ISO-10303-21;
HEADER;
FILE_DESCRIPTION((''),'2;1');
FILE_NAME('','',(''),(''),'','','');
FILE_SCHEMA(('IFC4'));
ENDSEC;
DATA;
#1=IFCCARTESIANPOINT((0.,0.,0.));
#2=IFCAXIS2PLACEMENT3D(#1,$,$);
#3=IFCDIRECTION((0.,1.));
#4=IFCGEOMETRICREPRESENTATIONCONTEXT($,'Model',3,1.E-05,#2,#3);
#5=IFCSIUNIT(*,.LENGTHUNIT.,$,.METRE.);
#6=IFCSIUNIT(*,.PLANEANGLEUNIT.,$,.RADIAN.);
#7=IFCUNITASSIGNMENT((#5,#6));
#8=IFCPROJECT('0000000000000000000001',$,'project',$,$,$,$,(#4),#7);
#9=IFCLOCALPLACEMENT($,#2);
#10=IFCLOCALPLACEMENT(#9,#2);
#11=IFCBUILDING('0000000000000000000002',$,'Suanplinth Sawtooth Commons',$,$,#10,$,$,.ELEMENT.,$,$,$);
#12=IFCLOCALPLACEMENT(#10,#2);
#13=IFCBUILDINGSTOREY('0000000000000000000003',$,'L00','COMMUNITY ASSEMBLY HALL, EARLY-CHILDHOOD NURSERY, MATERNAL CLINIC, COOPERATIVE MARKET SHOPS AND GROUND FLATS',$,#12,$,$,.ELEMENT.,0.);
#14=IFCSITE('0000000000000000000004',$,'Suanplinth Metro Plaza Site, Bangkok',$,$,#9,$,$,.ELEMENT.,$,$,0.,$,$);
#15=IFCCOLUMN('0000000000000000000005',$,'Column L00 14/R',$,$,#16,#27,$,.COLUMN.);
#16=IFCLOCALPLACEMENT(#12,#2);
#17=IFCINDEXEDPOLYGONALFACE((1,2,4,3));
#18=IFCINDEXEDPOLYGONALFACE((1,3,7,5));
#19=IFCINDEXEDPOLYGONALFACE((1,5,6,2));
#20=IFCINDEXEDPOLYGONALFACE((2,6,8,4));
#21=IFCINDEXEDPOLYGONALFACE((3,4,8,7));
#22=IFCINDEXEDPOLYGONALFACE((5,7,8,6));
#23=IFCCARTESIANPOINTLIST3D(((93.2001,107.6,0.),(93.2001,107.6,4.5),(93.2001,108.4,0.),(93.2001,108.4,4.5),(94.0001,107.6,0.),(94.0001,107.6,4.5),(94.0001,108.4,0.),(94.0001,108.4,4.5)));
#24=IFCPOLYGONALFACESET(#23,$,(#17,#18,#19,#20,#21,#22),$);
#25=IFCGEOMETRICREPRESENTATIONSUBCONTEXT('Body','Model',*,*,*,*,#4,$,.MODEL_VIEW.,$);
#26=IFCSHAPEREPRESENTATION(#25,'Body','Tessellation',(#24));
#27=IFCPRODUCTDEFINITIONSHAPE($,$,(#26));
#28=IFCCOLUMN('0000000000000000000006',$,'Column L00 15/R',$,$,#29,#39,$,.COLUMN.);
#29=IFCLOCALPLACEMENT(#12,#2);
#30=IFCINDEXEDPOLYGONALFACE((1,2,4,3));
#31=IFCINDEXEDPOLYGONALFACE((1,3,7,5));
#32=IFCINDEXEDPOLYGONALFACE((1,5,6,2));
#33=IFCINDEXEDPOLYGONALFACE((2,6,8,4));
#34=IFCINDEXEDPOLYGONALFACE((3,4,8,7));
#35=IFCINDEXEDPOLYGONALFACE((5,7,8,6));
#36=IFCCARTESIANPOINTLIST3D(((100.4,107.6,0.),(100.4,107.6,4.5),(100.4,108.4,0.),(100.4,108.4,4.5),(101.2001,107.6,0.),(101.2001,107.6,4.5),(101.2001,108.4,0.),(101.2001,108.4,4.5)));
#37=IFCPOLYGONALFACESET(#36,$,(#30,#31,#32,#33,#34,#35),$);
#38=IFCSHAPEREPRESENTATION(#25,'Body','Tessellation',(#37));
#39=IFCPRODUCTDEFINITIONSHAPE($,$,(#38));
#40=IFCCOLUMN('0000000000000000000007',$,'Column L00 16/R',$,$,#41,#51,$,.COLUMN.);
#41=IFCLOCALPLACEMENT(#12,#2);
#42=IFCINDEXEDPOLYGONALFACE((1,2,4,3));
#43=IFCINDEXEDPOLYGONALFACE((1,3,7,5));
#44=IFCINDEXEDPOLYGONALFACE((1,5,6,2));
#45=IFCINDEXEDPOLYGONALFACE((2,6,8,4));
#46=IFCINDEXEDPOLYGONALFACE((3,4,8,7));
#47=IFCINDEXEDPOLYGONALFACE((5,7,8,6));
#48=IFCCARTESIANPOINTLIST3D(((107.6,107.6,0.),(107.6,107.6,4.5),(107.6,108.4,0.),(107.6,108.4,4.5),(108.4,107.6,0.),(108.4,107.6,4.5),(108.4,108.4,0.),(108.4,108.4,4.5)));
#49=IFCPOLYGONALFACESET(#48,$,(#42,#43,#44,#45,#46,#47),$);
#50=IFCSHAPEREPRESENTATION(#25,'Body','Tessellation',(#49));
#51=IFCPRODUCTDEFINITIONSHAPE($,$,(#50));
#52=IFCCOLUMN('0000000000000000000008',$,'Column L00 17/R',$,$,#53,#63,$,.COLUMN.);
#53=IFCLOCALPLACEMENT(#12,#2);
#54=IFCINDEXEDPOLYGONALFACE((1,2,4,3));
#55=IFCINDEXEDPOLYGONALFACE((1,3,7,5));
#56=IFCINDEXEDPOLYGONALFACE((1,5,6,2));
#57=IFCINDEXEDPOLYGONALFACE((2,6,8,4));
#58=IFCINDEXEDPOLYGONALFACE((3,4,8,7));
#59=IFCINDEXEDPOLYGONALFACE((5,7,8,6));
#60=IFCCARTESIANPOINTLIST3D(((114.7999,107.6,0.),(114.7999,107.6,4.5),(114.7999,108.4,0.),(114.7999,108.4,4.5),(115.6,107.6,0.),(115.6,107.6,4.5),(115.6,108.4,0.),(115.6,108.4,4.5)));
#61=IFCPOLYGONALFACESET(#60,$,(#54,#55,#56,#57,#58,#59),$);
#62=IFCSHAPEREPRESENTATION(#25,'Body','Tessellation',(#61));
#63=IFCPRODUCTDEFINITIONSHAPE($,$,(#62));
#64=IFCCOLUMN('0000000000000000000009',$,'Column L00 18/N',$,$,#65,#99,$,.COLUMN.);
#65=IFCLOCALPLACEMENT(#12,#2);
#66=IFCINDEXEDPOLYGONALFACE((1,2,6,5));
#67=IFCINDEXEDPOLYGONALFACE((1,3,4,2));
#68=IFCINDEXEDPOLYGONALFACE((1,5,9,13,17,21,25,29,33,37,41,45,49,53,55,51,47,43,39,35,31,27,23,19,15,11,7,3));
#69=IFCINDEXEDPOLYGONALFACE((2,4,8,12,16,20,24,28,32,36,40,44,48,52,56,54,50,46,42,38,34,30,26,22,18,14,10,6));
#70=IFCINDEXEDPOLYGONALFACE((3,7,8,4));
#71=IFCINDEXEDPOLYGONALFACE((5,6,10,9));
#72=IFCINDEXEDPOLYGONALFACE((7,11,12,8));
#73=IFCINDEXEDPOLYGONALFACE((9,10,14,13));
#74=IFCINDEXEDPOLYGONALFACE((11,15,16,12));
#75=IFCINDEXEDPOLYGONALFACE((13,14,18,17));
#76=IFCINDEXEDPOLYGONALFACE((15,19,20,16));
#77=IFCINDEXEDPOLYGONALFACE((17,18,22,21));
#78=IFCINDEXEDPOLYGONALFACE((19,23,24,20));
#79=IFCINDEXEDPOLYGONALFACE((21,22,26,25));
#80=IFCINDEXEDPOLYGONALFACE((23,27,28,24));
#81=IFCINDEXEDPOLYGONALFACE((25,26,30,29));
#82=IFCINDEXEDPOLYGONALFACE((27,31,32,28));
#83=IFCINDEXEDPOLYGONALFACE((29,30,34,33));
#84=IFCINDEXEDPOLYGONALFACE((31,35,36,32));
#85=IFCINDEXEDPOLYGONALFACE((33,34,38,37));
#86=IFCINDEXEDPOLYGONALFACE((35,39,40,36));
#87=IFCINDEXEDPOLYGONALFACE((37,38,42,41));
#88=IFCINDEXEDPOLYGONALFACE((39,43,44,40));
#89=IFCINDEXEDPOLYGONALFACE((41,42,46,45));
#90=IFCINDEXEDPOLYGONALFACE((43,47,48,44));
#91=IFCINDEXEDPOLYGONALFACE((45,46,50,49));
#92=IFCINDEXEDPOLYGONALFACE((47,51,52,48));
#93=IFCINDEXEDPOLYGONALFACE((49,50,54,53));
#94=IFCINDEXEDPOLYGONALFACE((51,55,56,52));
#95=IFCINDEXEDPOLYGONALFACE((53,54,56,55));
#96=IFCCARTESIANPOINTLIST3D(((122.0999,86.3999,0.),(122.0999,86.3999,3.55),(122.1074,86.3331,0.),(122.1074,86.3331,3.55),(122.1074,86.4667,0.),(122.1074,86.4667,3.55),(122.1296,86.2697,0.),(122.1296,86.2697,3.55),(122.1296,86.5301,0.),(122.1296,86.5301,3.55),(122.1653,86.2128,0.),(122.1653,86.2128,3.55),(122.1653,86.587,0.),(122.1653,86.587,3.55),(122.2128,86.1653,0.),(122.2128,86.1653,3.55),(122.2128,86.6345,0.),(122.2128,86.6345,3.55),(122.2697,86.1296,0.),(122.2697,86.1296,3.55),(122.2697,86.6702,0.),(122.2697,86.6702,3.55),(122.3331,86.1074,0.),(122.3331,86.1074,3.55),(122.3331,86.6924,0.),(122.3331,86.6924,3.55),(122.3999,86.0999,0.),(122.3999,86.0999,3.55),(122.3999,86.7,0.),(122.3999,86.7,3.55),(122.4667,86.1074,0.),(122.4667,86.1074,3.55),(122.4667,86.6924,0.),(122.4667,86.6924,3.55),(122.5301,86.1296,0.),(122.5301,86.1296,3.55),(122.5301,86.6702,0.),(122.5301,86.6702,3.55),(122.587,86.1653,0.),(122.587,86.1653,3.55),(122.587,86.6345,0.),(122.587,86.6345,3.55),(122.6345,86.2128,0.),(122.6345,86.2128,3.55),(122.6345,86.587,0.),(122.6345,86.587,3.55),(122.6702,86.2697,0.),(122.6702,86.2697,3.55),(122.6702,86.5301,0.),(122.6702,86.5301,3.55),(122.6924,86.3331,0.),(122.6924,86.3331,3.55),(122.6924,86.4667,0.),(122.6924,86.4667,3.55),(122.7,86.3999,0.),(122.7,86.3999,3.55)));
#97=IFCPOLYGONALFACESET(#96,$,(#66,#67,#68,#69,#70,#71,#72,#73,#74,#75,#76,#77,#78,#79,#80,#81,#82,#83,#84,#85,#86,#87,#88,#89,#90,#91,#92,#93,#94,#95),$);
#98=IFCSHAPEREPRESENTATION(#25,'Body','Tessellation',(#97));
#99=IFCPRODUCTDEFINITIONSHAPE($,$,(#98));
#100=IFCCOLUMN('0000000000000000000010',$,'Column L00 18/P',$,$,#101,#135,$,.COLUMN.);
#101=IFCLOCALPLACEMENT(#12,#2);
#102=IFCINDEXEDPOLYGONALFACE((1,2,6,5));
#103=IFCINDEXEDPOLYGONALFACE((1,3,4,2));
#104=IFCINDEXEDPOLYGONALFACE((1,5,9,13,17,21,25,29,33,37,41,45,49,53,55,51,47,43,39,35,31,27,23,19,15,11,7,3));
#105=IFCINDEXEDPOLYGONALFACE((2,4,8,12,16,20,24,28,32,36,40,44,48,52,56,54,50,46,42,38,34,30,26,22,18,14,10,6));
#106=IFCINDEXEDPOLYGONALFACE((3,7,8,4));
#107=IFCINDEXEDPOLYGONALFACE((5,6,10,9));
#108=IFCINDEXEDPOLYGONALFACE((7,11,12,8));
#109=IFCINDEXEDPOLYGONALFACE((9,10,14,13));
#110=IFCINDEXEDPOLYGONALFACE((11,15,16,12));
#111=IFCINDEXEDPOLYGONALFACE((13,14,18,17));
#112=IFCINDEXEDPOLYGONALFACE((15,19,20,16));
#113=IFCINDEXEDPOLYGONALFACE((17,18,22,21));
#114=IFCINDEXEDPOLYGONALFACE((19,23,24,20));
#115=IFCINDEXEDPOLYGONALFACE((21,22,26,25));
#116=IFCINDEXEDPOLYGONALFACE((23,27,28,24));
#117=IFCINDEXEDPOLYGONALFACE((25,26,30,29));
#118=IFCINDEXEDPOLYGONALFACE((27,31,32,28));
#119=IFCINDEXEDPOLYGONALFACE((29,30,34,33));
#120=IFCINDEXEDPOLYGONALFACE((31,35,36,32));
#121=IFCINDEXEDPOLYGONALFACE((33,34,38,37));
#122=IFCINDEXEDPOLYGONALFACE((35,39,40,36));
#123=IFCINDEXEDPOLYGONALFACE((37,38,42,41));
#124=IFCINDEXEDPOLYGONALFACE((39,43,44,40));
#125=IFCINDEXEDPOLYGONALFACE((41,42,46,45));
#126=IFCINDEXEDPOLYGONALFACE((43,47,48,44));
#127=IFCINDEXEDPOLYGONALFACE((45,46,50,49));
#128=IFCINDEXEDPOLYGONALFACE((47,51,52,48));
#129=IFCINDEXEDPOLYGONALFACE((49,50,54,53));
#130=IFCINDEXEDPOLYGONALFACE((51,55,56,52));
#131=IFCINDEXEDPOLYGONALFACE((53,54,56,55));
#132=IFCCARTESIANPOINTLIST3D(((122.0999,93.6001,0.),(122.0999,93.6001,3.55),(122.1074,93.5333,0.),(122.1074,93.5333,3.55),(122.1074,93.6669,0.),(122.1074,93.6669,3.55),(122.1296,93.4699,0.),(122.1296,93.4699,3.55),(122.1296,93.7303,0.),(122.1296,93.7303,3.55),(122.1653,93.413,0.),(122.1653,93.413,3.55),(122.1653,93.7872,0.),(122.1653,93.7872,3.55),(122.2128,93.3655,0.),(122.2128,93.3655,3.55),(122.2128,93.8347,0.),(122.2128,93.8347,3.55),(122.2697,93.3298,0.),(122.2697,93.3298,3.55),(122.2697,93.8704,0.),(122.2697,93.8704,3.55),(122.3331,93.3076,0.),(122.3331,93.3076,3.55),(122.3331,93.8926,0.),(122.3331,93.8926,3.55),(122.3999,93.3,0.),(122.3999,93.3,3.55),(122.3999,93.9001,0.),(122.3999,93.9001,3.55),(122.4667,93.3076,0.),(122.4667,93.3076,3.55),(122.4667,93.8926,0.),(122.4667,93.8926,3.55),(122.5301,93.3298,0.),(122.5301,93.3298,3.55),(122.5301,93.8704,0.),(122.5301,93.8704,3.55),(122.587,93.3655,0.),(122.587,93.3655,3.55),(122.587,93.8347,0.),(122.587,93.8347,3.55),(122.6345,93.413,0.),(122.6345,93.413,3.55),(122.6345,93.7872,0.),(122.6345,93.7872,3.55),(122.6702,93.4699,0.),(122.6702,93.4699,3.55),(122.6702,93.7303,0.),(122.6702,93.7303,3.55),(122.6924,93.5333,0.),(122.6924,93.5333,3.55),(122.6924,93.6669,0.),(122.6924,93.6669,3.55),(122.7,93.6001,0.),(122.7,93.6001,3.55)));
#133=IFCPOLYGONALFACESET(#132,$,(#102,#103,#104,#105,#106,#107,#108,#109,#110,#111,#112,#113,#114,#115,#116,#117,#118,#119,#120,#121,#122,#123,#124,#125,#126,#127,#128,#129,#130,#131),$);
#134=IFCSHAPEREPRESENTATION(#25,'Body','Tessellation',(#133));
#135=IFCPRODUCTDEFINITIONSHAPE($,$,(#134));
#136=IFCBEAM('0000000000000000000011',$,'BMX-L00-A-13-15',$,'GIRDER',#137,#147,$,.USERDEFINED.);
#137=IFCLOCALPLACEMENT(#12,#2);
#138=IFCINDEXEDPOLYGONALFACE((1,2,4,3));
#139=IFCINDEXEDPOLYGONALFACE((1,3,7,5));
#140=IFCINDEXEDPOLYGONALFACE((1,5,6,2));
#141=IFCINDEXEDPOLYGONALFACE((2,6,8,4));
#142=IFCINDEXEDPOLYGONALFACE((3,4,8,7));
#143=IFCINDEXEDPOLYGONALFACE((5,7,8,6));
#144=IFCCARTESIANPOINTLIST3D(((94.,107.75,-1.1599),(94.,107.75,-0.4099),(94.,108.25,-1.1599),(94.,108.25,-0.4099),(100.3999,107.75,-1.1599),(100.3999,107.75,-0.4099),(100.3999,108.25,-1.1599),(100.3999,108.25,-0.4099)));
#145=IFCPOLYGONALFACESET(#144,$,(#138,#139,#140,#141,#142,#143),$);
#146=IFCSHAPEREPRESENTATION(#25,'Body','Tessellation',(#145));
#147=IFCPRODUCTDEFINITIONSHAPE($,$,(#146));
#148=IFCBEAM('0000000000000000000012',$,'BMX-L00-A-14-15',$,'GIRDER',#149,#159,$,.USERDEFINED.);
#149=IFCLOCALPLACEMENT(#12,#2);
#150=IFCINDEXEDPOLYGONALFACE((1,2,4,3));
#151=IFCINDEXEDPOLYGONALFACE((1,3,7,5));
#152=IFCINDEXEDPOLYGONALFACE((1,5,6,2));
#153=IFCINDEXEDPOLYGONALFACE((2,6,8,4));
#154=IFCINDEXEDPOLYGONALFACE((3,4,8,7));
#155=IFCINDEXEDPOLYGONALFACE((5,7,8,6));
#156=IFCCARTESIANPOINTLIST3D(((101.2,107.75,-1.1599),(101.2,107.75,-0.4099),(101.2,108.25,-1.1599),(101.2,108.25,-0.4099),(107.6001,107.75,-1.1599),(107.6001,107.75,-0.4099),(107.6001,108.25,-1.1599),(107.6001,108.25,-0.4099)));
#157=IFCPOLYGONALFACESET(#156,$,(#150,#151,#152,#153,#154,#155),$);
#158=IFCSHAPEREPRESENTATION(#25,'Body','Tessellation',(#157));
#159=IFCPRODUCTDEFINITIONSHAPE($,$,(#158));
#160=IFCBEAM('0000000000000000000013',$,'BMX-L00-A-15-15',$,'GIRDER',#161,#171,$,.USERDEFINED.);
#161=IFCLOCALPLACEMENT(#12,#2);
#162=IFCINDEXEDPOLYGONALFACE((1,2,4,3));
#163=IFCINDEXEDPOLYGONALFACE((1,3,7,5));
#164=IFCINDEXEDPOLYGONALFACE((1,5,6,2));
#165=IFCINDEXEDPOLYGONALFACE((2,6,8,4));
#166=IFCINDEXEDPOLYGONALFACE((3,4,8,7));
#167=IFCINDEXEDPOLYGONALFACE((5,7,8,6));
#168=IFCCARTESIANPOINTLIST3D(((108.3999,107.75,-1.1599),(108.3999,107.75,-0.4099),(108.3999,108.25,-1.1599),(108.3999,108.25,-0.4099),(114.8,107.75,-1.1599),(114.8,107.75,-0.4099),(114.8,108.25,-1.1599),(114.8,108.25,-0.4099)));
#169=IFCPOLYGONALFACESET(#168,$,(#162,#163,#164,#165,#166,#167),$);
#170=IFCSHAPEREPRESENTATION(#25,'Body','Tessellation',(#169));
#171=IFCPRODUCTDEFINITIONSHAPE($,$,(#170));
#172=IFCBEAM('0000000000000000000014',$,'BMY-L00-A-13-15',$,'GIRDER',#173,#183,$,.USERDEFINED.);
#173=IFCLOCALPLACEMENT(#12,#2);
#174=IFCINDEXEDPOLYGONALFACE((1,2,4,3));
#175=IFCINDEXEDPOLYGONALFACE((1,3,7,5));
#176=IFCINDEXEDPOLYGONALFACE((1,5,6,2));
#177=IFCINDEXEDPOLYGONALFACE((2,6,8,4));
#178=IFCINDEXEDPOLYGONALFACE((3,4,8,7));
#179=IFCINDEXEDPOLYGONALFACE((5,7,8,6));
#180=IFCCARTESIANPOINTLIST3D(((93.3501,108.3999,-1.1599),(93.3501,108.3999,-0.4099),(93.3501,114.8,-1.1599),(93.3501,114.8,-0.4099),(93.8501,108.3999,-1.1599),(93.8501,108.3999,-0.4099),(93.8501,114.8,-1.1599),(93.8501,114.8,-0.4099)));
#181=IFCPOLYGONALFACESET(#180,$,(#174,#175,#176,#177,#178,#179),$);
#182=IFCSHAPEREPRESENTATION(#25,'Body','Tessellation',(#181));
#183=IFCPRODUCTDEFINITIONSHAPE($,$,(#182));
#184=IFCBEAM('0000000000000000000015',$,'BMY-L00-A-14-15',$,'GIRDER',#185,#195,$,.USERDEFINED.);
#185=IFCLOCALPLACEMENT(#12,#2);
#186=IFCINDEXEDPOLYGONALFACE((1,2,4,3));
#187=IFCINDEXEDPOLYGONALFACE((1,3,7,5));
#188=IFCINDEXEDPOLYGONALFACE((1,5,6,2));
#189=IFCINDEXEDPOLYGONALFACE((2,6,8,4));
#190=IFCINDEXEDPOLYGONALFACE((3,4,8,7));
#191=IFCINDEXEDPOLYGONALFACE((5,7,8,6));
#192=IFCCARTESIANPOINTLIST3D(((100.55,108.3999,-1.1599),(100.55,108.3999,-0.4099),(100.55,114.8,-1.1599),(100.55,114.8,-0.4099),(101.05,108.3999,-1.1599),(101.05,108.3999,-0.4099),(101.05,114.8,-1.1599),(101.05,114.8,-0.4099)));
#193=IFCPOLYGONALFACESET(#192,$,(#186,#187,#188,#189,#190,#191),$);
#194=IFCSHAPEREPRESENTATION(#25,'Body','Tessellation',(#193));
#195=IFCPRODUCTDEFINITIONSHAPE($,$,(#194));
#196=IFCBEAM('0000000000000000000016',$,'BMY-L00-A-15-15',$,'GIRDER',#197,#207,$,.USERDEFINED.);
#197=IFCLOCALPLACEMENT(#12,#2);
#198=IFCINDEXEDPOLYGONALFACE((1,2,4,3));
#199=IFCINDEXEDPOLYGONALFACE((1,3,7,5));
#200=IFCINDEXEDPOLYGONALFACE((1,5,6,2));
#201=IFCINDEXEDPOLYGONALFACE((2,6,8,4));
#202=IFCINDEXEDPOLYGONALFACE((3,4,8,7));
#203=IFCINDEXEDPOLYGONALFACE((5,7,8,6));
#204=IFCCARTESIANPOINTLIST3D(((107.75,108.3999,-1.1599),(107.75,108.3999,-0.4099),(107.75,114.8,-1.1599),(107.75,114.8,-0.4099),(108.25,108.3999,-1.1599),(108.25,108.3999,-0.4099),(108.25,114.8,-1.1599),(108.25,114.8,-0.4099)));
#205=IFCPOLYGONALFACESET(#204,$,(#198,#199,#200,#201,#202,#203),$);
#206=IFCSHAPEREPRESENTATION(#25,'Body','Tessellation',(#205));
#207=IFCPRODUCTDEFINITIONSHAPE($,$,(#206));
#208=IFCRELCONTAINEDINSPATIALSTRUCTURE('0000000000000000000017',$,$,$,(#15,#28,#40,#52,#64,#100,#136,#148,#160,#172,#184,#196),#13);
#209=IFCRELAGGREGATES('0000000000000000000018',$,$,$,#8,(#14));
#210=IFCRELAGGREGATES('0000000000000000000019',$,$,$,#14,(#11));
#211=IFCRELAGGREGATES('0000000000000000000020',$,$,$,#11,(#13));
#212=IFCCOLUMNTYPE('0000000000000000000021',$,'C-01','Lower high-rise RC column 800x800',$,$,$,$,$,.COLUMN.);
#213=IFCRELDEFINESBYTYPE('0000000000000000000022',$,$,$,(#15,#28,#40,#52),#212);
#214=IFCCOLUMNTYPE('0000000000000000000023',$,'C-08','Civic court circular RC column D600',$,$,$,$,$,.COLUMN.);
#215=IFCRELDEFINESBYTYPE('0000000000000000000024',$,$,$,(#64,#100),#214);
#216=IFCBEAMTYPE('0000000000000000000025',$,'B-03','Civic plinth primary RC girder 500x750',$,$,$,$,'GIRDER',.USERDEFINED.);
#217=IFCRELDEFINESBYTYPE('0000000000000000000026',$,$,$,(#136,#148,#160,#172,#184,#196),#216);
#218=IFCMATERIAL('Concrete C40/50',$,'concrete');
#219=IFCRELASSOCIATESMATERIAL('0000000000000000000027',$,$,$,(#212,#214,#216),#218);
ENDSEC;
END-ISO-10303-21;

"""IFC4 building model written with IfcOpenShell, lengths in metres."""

from ifc_helpers import new_model, si_unit, direction, frame, origin, origin_2d, place, context, subcontext, project, spatial, rectangle, circle, extrude, material, material_profile, profile_set, type_object, element, save


model = new_model("IFC4")

# Units and contexts
model_context = context("Model", 3, precision=1e-05, world=origin(), true_north=direction((0.0, 1.0)))
body_context = subcontext(model_context, "Body", "Model", "MODEL_VIEW")
ifc_project = project(units=[si_unit("LENGTHUNIT", "METRE"), si_unit("PLANEANGLEUNIT", "RADIAN")], contexts=[model_context])

# Site, building, storey
site_placement = place(None, origin())
site = spatial("IfcSite", under=ifc_project, at=site_placement, Name="Suanplinth Metro Plaza Site, Bangkok", CompositionType="ELEMENT", RefElevation=0.0)
building_placement = place(site_placement, origin())
building = spatial("IfcBuilding", under=site, at=building_placement, Name="Suanplinth Sawtooth Commons", CompositionType="ELEMENT")
storey_placement = place(building_placement, origin())
storey = spatial("IfcBuildingStorey", under=building, at=storey_placement, Name="L00", Description="COMMUNITY ASSEMBLY HALL, EARLY-CHILDHOOD NURSERY, MATERNAL CLINIC, COOPERATIVE MARKET SHOPS AND GROUND FLATS", CompositionType="ELEMENT", Elevation=0.0)

# Columns
ifc_material_1 = material(Name="Concrete C40/50", Category="concrete")
ifc_material_profile_1 = material_profile(ifc_material_1, rectangle(XDim=0.8, YDim=0.8, at=origin_2d()), Name="RC-COL 800x800")
ifc_profile_set_1 = profile_set([ifc_material_profile_1], Name="Concrete C40/50")
column_type_1 = type_object("IfcColumnType", Name="C-01", Description="Lower high-rise RC column 800x800", PredefinedType="COLUMN", material=ifc_profile_set_1)
for number, where, z_axis, x_axis, name in (
    (1, (93.6001, 108.0, 0.0), (0.0, 0.0, 1.0), (1.0, 0.0, 0.0), "Column L00 14/R"),
    (2, (100.8, 108.0, 0.0), (0.0, 0.0, 1.0), (1.0, 0.0, 0.0), "Column L00 15/R"),
    (3, (108.0, 108.0, 0.0), (0.0, 0.0, 1.0), (1.0, 0.0, 0.0), "Column L00 16/R"),
    (4, (115.2, 108.0, 0.0), (0.0, 0.0, 1.0), (1.0, 0.0, 0.0), "Column L00 17/R"),
):
    element("IfcColumn", number, at=place(storey_placement, frame(where, z_axis=z_axis, x_axis=x_axis)), inside=storey, type_object=column_type_1, Name=name, PredefinedType="COLUMN", context=body_context, shape_type="SweptSolid", body=[
        extrude(rectangle(XDim=0.8, YDim=0.8, at=origin_2d()), origin(), (0.0, 0.0, 1.0), 4.5),
    ])
ifc_material_profile_2 = material_profile(ifc_material_1, circle(Radius=0.3, at=origin_2d()), Name="RC-CIRC D600")
ifc_profile_set_2 = profile_set([ifc_material_profile_2], Name="Concrete C40/50")
column_type_2 = type_object("IfcColumnType", Name="C-08", Description="Civic court circular RC column D600", PredefinedType="COLUMN", material=ifc_profile_set_2)
for number, where, z_axis, x_axis, name in (
    (5, (122.3999, 86.3999, 0.0), (0.0, 0.0, 1.0), (1.0, 0.0, 0.0), "Column L00 18/N"),
    (6, (122.3999, 93.6001, 0.0), (0.0, 0.0, 1.0), (1.0, 0.0, 0.0), "Column L00 18/P"),
):
    element("IfcColumn", number, at=place(storey_placement, frame(where, z_axis=z_axis, x_axis=x_axis)), inside=storey, type_object=column_type_2, Name=name, PredefinedType="COLUMN", context=body_context, shape_type="SweptSolid", body=[
        extrude(circle(Radius=0.3, at=origin_2d()), origin(), (0.0, 0.0, 1.0), 3.55),
    ])

# Beams
ifc_material_profile_3 = material_profile(ifc_material_1, rectangle(XDim=0.5, YDim=0.75, at=origin_2d()), Name="RC-GDR 500x750")
ifc_profile_set_3 = profile_set([ifc_material_profile_3], Name="Concrete C40/50")
beam_type_1 = type_object("IfcBeamType", Name="B-03", Description="Civic plinth primary RC girder 500x750", ElementType="GIRDER", PredefinedType="USERDEFINED", material=ifc_profile_set_3)
beam_1_placement = place(storey_placement, frame((94.0, 108.0, -0.7849), z_axis=(1.0, 0.0, 0.0), x_axis=(0.0, 1.0, 0.0)))
element("IfcBeam", 7, at=beam_1_placement, inside=storey, type_object=beam_type_1, Name="BMX-L00-A-13-15", ObjectType="GIRDER", PredefinedType="USERDEFINED", context=body_context, shape_type="SweptSolid", body=[
    extrude(rectangle(XDim=0.5, YDim=0.75, at=origin_2d()), origin(), (0.0, 0.0, 1.0), 6.3999),
])
for number, where, z_axis, x_axis, name in (
    (8, (101.2, 108.0, -0.7849), (1.0, 0.0, 0.0), (0.0, 1.0, 0.0), "BMX-L00-A-14-15"),
    (9, (108.3999, 108.0, -0.7849), (1.0, 0.0, 0.0), (0.0, 1.0, 0.0), "BMX-L00-A-15-15"),
    (10, (93.6001, 108.3999, -0.7849), (0.0, 1.0, 0.0), (-1.0, 0.0, 0.0), "BMY-L00-A-13-15"),
    (11, (100.8, 108.3999, -0.7849), (0.0, 1.0, 0.0), (-1.0, 0.0, 0.0), "BMY-L00-A-14-15"),
    (12, (108.0, 108.3999, -0.7849), (0.0, 1.0, 0.0), (-1.0, 0.0, 0.0), "BMY-L00-A-15-15"),
):
    element("IfcBeam", number, at=place(storey_placement, frame(where, z_axis=z_axis, x_axis=x_axis)), inside=storey, type_object=beam_type_1, Name=name, ObjectType="GIRDER", PredefinedType="USERDEFINED", context=body_context, shape_type="SweptSolid", body=[
        extrude(rectangle(XDim=0.5, YDim=0.75, at=origin_2d()), origin(), (0.0, 0.0, 1.0), 6.4001),
    ])

save(model, "model.ifc")
